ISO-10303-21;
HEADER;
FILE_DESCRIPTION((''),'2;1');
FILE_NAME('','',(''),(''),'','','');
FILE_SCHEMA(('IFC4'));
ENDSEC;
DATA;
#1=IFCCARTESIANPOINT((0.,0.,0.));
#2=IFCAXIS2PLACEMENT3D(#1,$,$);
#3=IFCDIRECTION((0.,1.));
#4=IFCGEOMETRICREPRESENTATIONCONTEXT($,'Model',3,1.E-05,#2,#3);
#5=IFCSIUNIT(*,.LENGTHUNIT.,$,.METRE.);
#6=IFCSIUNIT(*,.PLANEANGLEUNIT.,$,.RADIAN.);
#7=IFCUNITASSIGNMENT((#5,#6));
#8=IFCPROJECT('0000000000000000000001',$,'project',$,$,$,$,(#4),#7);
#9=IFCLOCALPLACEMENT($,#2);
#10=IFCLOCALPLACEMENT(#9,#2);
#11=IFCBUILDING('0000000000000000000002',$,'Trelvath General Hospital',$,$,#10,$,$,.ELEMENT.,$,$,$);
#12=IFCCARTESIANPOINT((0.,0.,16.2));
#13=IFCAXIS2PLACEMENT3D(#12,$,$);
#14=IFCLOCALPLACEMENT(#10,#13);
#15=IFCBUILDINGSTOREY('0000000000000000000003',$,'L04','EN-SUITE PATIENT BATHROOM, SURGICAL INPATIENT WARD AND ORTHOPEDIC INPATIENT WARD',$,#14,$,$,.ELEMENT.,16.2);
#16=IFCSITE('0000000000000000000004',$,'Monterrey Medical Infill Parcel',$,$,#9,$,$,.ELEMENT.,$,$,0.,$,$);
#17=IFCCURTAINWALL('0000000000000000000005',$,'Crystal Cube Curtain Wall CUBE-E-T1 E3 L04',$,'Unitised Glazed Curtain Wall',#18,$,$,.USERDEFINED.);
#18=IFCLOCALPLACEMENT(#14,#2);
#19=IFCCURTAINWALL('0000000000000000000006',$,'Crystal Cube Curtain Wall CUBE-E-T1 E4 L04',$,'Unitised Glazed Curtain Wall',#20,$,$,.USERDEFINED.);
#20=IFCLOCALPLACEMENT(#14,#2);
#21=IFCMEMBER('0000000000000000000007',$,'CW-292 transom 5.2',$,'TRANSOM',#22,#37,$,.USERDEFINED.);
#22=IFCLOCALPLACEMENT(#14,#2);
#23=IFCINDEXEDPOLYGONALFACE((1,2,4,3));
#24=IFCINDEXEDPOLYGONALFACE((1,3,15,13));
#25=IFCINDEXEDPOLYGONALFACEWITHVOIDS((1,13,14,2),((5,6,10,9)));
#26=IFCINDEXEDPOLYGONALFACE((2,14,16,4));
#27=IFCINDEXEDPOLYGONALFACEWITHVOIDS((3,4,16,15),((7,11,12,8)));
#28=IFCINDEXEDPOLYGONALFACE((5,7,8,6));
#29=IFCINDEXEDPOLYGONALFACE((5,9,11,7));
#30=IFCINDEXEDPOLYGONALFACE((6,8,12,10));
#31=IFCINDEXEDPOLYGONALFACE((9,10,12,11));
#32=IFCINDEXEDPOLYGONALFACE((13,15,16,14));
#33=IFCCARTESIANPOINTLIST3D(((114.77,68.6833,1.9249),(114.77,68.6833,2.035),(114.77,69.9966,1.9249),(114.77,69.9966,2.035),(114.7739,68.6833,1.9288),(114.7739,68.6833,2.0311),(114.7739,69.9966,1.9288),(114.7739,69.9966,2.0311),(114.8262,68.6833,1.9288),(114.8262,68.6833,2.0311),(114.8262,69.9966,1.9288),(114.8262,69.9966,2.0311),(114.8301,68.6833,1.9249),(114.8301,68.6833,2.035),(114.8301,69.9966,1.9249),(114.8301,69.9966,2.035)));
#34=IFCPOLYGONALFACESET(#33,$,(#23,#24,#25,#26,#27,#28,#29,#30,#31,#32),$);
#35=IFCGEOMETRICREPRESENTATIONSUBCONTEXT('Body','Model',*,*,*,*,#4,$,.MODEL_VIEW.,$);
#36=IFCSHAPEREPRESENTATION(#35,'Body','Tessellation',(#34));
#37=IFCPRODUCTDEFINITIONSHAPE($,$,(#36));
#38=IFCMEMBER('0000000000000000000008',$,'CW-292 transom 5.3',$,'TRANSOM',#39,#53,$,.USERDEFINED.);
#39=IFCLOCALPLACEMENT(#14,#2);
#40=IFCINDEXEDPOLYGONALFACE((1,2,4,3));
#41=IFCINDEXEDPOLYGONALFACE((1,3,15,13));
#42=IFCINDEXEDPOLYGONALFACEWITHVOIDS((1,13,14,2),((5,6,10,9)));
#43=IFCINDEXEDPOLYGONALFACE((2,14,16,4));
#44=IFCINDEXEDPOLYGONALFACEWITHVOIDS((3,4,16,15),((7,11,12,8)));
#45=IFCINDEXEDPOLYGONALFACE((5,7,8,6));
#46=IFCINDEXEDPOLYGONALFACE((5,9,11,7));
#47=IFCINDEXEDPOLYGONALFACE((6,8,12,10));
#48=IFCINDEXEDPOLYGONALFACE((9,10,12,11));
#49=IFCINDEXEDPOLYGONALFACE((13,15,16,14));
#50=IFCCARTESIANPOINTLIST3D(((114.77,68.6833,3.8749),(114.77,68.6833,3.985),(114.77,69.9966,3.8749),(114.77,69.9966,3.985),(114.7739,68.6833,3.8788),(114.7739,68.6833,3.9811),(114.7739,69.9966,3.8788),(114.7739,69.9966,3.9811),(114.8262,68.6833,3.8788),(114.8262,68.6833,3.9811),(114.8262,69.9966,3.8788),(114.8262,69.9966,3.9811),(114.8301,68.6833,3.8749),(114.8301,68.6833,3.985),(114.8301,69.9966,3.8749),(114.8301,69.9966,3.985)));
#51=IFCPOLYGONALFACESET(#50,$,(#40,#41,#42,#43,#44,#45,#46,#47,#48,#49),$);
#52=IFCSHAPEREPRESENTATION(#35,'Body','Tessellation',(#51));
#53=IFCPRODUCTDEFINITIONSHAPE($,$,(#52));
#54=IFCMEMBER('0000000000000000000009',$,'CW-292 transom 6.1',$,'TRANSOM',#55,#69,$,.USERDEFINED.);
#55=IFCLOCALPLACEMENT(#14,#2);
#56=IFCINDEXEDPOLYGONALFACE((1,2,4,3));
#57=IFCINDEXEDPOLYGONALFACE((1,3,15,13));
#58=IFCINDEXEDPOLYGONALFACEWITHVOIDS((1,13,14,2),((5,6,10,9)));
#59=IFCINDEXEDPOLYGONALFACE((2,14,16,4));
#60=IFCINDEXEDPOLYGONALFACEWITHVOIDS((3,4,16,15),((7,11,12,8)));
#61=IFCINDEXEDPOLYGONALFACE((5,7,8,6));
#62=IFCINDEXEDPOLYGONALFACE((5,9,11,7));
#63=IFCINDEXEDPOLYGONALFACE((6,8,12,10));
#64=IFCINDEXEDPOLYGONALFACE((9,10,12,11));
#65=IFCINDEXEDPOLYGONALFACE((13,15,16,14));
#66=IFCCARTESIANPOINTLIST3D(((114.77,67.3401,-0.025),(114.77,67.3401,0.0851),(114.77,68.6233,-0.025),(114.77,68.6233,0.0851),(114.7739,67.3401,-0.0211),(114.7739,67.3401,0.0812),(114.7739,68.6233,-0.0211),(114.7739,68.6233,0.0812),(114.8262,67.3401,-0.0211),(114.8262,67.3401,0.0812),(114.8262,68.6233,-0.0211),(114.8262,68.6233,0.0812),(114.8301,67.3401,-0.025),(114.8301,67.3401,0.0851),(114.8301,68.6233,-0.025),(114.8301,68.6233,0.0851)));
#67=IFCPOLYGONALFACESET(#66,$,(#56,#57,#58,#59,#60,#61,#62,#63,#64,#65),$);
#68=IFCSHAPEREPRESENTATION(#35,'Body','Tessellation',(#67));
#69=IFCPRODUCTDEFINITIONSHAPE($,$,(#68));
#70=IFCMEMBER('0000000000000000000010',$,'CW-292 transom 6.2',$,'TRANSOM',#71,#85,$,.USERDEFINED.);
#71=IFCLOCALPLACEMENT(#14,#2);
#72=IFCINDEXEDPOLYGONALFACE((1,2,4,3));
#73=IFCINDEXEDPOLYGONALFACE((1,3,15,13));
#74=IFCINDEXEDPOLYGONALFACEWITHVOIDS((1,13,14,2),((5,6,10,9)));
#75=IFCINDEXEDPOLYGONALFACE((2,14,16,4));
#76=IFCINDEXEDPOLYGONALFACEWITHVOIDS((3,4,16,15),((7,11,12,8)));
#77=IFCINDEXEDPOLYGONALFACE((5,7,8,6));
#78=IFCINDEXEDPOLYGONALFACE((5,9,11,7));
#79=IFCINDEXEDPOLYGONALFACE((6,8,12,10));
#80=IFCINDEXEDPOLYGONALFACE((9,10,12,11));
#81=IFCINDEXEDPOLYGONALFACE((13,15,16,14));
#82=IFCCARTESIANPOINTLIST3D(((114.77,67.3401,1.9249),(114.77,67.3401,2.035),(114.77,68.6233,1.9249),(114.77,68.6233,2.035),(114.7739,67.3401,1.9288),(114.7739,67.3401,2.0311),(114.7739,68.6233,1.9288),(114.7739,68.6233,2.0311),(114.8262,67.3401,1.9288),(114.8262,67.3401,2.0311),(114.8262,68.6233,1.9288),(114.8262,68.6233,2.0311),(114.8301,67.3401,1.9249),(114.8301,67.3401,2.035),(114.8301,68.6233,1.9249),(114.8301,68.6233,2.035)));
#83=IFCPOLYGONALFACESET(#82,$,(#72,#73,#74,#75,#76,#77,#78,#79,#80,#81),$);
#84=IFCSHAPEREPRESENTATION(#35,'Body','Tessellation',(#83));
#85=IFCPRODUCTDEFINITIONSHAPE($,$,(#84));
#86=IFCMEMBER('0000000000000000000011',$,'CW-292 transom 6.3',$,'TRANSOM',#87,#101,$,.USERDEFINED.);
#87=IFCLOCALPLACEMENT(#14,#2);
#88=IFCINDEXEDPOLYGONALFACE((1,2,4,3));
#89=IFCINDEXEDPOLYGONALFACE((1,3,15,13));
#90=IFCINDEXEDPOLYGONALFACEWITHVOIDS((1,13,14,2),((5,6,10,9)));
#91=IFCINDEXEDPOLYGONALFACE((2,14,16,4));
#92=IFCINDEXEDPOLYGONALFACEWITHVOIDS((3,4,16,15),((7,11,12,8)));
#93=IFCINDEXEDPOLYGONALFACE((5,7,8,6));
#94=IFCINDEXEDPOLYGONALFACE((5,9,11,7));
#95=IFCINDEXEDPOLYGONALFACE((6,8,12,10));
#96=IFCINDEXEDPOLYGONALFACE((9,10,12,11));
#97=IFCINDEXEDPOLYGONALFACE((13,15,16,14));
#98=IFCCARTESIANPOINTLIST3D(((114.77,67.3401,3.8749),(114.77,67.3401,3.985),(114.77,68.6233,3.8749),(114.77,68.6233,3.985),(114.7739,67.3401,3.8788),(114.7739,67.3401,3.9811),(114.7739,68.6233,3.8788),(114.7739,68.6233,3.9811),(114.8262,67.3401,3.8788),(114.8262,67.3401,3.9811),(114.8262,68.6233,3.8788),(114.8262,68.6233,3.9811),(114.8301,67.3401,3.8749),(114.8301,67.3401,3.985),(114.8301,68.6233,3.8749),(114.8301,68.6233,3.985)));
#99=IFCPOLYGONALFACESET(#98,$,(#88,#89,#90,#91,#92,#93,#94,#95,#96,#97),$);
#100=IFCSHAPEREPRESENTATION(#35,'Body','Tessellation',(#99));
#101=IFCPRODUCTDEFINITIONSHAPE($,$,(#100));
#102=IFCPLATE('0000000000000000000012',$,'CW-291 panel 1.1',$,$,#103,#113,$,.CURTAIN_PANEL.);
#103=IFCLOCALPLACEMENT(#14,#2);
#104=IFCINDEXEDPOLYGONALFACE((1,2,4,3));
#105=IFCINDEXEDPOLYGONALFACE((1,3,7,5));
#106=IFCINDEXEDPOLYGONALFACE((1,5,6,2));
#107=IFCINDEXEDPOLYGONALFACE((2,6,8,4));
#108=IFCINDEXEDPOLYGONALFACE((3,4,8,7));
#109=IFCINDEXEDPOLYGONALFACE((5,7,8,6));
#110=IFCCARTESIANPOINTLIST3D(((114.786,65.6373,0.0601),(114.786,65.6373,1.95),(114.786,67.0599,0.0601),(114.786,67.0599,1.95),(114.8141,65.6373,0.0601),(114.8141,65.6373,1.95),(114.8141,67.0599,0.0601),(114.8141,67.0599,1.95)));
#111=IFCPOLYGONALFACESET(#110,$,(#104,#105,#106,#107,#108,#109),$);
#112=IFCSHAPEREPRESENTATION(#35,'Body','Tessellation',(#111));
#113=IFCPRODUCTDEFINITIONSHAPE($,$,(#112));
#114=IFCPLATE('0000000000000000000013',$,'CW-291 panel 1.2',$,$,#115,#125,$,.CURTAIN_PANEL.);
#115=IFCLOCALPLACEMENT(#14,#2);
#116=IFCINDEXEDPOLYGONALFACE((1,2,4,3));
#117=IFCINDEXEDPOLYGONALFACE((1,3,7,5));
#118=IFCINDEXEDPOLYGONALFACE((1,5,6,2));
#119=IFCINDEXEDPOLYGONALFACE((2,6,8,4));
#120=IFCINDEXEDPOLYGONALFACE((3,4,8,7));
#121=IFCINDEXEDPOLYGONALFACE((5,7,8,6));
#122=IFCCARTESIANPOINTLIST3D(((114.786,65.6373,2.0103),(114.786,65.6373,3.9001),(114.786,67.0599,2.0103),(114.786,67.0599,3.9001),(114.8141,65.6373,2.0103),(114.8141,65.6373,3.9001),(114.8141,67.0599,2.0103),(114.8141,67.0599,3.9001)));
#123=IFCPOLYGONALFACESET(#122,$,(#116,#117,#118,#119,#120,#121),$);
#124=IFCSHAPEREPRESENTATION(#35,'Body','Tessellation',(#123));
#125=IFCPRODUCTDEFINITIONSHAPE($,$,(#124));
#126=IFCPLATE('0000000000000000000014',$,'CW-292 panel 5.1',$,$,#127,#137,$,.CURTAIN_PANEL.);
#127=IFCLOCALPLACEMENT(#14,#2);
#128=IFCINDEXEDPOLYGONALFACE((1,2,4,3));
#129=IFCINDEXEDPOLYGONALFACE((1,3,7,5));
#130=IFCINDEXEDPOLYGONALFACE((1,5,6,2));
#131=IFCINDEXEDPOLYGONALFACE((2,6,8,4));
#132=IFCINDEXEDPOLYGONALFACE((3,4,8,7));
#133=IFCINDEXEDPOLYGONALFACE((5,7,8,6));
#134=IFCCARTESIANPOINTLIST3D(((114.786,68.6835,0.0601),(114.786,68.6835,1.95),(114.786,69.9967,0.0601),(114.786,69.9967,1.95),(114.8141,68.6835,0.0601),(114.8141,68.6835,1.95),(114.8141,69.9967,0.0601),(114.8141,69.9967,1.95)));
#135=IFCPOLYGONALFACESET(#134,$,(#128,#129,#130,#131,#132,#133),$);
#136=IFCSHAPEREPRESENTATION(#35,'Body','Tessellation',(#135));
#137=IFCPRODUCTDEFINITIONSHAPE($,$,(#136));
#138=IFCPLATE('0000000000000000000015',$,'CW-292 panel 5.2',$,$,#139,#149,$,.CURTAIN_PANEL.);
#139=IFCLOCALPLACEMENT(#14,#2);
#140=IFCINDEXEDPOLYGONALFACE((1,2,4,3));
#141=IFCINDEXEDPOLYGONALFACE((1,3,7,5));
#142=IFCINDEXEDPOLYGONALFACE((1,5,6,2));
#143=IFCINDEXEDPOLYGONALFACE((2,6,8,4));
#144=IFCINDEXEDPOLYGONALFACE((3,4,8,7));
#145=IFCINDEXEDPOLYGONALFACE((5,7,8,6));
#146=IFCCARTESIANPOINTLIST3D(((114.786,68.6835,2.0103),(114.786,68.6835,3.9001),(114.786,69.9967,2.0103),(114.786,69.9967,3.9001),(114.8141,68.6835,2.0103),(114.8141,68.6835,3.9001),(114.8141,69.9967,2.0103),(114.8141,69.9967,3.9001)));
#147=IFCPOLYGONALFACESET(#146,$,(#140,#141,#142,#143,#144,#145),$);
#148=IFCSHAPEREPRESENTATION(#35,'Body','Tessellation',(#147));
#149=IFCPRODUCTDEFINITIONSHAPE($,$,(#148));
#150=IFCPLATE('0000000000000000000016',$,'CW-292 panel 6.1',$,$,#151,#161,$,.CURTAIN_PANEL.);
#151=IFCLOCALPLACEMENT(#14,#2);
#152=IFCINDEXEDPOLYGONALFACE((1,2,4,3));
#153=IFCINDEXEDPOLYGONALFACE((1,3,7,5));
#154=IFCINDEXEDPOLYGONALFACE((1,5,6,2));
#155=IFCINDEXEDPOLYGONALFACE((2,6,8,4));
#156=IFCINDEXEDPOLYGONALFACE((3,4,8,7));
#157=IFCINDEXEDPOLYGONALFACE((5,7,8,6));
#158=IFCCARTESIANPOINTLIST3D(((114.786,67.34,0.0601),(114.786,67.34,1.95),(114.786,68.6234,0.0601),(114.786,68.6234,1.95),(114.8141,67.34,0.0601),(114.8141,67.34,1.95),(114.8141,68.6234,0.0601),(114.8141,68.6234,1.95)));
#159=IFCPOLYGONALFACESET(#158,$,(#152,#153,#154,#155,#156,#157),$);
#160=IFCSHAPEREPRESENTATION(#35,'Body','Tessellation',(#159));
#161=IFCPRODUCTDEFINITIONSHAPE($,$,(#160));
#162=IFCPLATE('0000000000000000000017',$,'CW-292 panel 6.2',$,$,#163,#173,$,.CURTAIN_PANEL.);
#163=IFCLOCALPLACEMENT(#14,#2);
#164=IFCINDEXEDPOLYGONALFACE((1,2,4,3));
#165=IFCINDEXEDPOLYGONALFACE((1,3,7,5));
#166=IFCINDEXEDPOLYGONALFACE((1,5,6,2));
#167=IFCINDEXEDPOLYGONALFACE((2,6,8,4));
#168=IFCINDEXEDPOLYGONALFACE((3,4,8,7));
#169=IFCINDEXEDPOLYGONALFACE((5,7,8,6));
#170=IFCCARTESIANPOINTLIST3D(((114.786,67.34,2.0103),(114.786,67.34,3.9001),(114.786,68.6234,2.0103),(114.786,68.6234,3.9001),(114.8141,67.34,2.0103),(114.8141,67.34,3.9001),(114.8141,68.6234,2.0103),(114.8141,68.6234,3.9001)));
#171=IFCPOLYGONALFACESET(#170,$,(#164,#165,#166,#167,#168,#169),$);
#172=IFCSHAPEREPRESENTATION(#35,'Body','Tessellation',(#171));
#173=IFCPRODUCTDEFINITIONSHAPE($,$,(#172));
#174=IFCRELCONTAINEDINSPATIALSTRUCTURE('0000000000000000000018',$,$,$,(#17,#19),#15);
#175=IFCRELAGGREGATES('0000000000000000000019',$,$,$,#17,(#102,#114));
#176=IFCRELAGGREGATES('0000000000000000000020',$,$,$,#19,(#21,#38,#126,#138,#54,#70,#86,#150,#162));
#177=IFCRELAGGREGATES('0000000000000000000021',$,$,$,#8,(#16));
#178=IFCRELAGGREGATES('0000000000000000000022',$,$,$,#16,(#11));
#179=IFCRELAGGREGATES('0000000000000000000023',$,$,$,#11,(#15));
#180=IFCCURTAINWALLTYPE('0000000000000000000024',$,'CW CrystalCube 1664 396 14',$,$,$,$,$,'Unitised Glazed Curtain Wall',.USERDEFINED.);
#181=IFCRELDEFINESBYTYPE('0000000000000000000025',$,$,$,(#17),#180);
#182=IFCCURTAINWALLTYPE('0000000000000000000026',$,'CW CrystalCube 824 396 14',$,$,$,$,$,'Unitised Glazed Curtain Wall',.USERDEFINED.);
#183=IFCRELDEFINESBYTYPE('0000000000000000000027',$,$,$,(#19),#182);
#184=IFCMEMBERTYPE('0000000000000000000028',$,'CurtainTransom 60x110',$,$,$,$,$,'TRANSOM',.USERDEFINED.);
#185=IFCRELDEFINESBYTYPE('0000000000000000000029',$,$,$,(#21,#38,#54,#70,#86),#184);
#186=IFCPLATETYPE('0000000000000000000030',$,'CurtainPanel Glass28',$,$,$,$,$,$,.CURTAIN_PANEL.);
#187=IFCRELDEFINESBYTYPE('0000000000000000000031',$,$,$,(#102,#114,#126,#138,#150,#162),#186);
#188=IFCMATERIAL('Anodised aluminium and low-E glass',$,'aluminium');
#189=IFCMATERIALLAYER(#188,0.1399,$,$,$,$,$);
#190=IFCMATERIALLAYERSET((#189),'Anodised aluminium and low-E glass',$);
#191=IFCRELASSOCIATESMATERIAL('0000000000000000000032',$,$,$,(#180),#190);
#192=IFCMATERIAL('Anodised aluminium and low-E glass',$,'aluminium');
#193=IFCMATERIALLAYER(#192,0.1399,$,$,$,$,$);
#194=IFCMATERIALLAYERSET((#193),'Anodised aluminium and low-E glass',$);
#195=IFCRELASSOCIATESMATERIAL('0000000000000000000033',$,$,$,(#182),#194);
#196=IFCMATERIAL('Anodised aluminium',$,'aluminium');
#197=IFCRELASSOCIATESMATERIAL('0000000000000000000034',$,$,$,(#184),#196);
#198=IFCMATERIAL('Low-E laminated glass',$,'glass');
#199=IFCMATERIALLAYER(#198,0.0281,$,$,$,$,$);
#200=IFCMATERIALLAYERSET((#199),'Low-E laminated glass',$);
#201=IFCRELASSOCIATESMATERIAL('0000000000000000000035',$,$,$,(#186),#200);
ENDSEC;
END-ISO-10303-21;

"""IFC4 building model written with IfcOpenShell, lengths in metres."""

from ifc_helpers import new_model, si_unit, direction, frame, origin, origin_2d, place, context, subcontext, project, spatial, rectangle, hollow_rectangle, extrude, material, layer, layer_set, material_profile, profile_set, type_object, element, aggregate, save


model = new_model("IFC4")

# Units and contexts
model_context = context("Model", 3, precision=1e-05, world=origin(), true_north=direction((0.0, 1.0)))
body_context = subcontext(model_context, "Body", "Model", "MODEL_VIEW")
ifc_project = project(units=[si_unit("LENGTHUNIT", "METRE"), si_unit("PLANEANGLEUNIT", "RADIAN")], contexts=[model_context])

# Site, building, storey
site_placement = place(None, origin())
site = spatial("IfcSite", under=ifc_project, at=site_placement, Name="Monterrey Medical Infill Parcel", CompositionType="ELEMENT", RefElevation=0.0)
building_placement = place(site_placement, origin())
building = spatial("IfcBuilding", under=site, at=building_placement, Name="Trelvath General Hospital", CompositionType="ELEMENT")
storey_placement = place(building_placement, frame((0.0, 0.0, 16.2)))
storey = spatial("IfcBuildingStorey", under=building, at=storey_placement, Name="L04", Description="EN-SUITE PATIENT BATHROOM, SURGICAL INPATIENT WARD AND ORTHOPEDIC INPATIENT WARD", CompositionType="ELEMENT", Elevation=16.2)

# Curtain walls
ifc_material_1 = material(Name="Anodised aluminium and low-E glass", Category="aluminium")
ifc_layer_1 = layer(ifc_material_1, 0.1399)
ifc_layer_set_1 = layer_set([ifc_layer_1], Name="Anodised aluminium and low-E glass")
curtain_wall_type_1 = type_object("IfcCurtainWallType", Name="CW CrystalCube 1664 396 14", ElementType="Unitised Glazed Curtain Wall", PredefinedType="USERDEFINED", material=ifc_layer_set_1)
curtain_wall_1_placement = place(storey_placement, origin())
curtain_wall_1 = element("IfcCurtainWall", 1, at=curtain_wall_1_placement, inside=storey, type_object=curtain_wall_type_1, Name="Crystal Cube Curtain Wall CUBE-E-T1 E3 L04", ObjectType="Unitised Glazed Curtain Wall", PredefinedType="USERDEFINED")
ifc_material_2 = material(Name="Anodised aluminium and low-E glass", Category="aluminium")
ifc_layer_2 = layer(ifc_material_2, 0.1399)
ifc_layer_set_2 = layer_set([ifc_layer_2], Name="Anodised aluminium and low-E glass")
curtain_wall_type_2 = type_object("IfcCurtainWallType", Name="CW CrystalCube 824 396 14", ElementType="Unitised Glazed Curtain Wall", PredefinedType="USERDEFINED", material=ifc_layer_set_2)
curtain_wall_2_placement = place(storey_placement, origin())
curtain_wall_2 = element("IfcCurtainWall", 2, at=curtain_wall_2_placement, inside=storey, type_object=curtain_wall_type_2, Name="Crystal Cube Curtain Wall CUBE-E-T1 E4 L04", ObjectType="Unitised Glazed Curtain Wall", PredefinedType="USERDEFINED")

# Members
ifc_material_3 = material(Name="Anodised aluminium", Category="aluminium")
ifc_material_profile_1 = material_profile(ifc_material_3, hollow_rectangle(XDim=0.0601, YDim=0.1101, WallThickness=0.0039, at=origin_2d()), Name="RHS60x110x4")
ifc_profile_set_1 = profile_set([ifc_material_profile_1], Name="Anodised aluminium")
member_type_1 = type_object("IfcMemberType", Name="CurtainTransom 60x110", ElementType="TRANSOM", PredefinedType="USERDEFINED", material=ifc_profile_set_1)
member_1_placement = place(storey_placement, frame((114.8, 69.9966, 1.98), z_axis=(0.0, -1.0, 0.0), x_axis=(1.0, 0.0, 0.0)))
member_1 = element("IfcMember", 3, at=member_1_placement, type_object=member_type_1, Name="CW-292 transom 5.2", ObjectType="TRANSOM", PredefinedType="USERDEFINED", context=body_context, shape_type="SweptSolid", body=[
    extrude(hollow_rectangle(XDim=0.0601, YDim=0.1101, WallThickness=0.0039, at=origin_2d()), origin(), (0.0, 0.0, 1.0), 1.3132),
])
member_2_placement = place(storey_placement, frame((114.8, 69.9966, 3.9299), z_axis=(0.0, -1.0, 0.0), x_axis=(1.0, 0.0, 0.0)))
member_2 = element("IfcMember", 4, at=member_2_placement, type_object=member_type_1, Name="CW-292 transom 5.3", ObjectType="TRANSOM", PredefinedType="USERDEFINED", context=body_context, shape_type="SweptSolid", body=[
    extrude(hollow_rectangle(XDim=0.0601, YDim=0.1101, WallThickness=0.0039, at=origin_2d()), origin(), (0.0, 0.0, 1.0), 1.3132),
])
member_3_placement = place(storey_placement, frame((114.8, 68.6233, 0.03), z_axis=(0.0, -1.0, 0.0), x_axis=(1.0, 0.0, 0.0)))
member_3 = element("IfcMember", 5, at=member_3_placement, type_object=member_type_1, Name="CW-292 transom 6.1", ObjectType="TRANSOM", PredefinedType="USERDEFINED", context=body_context, shape_type="SweptSolid", body=[
    extrude(hollow_rectangle(XDim=0.0601, YDim=0.1101, WallThickness=0.0039, at=origin_2d()), origin(), (0.0, 0.0, 1.0), 1.2832),
])
member_4_placement = place(storey_placement, frame((114.8, 68.6233, 1.98), z_axis=(0.0, -1.0, 0.0), x_axis=(1.0, 0.0, 0.0)))
member_4 = element("IfcMember", 6, at=member_4_placement, type_object=member_type_1, Name="CW-292 transom 6.2", ObjectType="TRANSOM", PredefinedType="USERDEFINED", context=body_context, shape_type="SweptSolid", body=[
    extrude(hollow_rectangle(XDim=0.0601, YDim=0.1101, WallThickness=0.0039, at=origin_2d()), origin(), (0.0, 0.0, 1.0), 1.2832),
])
member_5_placement = place(storey_placement, frame((114.8, 68.6233, 3.9299), z_axis=(0.0, -1.0, 0.0), x_axis=(1.0, 0.0, 0.0)))
member_5 = element("IfcMember", 7, at=member_5_placement, type_object=member_type_1, Name="CW-292 transom 6.3", ObjectType="TRANSOM", PredefinedType="USERDEFINED", context=body_context, shape_type="SweptSolid", body=[
    extrude(hollow_rectangle(XDim=0.0601, YDim=0.1101, WallThickness=0.0039, at=origin_2d()), origin(), (0.0, 0.0, 1.0), 1.2832),
])

# Plates
ifc_material_4 = material(Name="Low-E laminated glass", Category="glass")
ifc_layer_3 = layer(ifc_material_4, 0.0281)
ifc_layer_set_3 = layer_set([ifc_layer_3], Name="Low-E laminated glass")
plate_type = type_object("IfcPlateType", Name="CurtainPanel Glass28", PredefinedType="CURTAIN_PANEL", material=ifc_layer_set_3)
plate_1_placement = place(storey_placement, frame((114.8, 66.3486, 0.0601), z_axis=(0.0, 0.0, 1.0), x_axis=(0.0, -1.0, 0.0)))
plate_1 = element("IfcPlate", 8, at=plate_1_placement, type_object=plate_type, Name="CW-291 panel 1.1", PredefinedType="CURTAIN_PANEL", context=body_context, shape_type="SweptSolid", body=[
    extrude(rectangle(XDim=1.4226, YDim=0.0281, at=origin_2d()), origin(), (0.0, 0.0, 1.0), 1.8899),
])
plate_2_placement = place(storey_placement, frame((114.8, 66.3486, 2.0103), z_axis=(0.0, 0.0, 1.0), x_axis=(0.0, -1.0, 0.0)))
plate_2 = element("IfcPlate", 9, at=plate_2_placement, type_object=plate_type, Name="CW-291 panel 1.2", PredefinedType="CURTAIN_PANEL", context=body_context, shape_type="SweptSolid", body=[
    extrude(rectangle(XDim=1.4226, YDim=0.0281, at=origin_2d()), origin(), (0.0, 0.0, 1.0), 1.8899),
])
aggregate(curtain_wall_1, [plate_1, plate_2])
plate_3_placement = place(storey_placement, frame((114.8, 69.3401, 0.0601), z_axis=(0.0, 0.0, 1.0), x_axis=(0.0, -1.0, 0.0)))
plate_3 = element("IfcPlate", 10, at=plate_3_placement, type_object=plate_type, Name="CW-292 panel 5.1", PredefinedType="CURTAIN_PANEL", context=body_context, shape_type="SweptSolid", body=[
    extrude(rectangle(XDim=1.3132, YDim=0.0281, at=origin_2d()), origin(), (0.0, 0.0, 1.0), 1.8899),
])
plate_4_placement = place(storey_placement, frame((114.8, 69.3401, 2.0103), z_axis=(0.0, 0.0, 1.0), x_axis=(0.0, -1.0, 0.0)))
plate_4 = element("IfcPlate", 11, at=plate_4_placement, type_object=plate_type, Name="CW-292 panel 5.2", PredefinedType="CURTAIN_PANEL", context=body_context, shape_type="SweptSolid", body=[
    extrude(rectangle(XDim=1.3132, YDim=0.0281, at=origin_2d()), origin(), (0.0, 0.0, 1.0), 1.8899),
])
plate_5_placement = place(storey_placement, frame((114.8, 67.9817, 0.0601), z_axis=(0.0, 0.0, 1.0), x_axis=(0.0, -1.0, 0.0)))
plate_5 = element("IfcPlate", 12, at=plate_5_placement, type_object=plate_type, Name="CW-292 panel 6.1", PredefinedType="CURTAIN_PANEL", context=body_context, shape_type="SweptSolid", body=[
    extrude(rectangle(XDim=1.2834, YDim=0.0281, at=origin_2d()), origin(), (0.0, 0.0, 1.0), 1.8899),
])
plate_6_placement = place(storey_placement, frame((114.8, 67.9817, 2.0103), z_axis=(0.0, 0.0, 1.0), x_axis=(0.0, -1.0, 0.0)))
plate_6 = element("IfcPlate", 13, at=plate_6_placement, type_object=plate_type, Name="CW-292 panel 6.2", PredefinedType="CURTAIN_PANEL", context=body_context, shape_type="SweptSolid", body=[
    extrude(rectangle(XDim=1.2834, YDim=0.0281, at=origin_2d()), origin(), (0.0, 0.0, 1.0), 1.8899),
])
aggregate(curtain_wall_2, [member_1, member_2, plate_3, plate_4, member_3, member_4, member_5, plate_5, plate_6])

save(model, "model.ifc")
